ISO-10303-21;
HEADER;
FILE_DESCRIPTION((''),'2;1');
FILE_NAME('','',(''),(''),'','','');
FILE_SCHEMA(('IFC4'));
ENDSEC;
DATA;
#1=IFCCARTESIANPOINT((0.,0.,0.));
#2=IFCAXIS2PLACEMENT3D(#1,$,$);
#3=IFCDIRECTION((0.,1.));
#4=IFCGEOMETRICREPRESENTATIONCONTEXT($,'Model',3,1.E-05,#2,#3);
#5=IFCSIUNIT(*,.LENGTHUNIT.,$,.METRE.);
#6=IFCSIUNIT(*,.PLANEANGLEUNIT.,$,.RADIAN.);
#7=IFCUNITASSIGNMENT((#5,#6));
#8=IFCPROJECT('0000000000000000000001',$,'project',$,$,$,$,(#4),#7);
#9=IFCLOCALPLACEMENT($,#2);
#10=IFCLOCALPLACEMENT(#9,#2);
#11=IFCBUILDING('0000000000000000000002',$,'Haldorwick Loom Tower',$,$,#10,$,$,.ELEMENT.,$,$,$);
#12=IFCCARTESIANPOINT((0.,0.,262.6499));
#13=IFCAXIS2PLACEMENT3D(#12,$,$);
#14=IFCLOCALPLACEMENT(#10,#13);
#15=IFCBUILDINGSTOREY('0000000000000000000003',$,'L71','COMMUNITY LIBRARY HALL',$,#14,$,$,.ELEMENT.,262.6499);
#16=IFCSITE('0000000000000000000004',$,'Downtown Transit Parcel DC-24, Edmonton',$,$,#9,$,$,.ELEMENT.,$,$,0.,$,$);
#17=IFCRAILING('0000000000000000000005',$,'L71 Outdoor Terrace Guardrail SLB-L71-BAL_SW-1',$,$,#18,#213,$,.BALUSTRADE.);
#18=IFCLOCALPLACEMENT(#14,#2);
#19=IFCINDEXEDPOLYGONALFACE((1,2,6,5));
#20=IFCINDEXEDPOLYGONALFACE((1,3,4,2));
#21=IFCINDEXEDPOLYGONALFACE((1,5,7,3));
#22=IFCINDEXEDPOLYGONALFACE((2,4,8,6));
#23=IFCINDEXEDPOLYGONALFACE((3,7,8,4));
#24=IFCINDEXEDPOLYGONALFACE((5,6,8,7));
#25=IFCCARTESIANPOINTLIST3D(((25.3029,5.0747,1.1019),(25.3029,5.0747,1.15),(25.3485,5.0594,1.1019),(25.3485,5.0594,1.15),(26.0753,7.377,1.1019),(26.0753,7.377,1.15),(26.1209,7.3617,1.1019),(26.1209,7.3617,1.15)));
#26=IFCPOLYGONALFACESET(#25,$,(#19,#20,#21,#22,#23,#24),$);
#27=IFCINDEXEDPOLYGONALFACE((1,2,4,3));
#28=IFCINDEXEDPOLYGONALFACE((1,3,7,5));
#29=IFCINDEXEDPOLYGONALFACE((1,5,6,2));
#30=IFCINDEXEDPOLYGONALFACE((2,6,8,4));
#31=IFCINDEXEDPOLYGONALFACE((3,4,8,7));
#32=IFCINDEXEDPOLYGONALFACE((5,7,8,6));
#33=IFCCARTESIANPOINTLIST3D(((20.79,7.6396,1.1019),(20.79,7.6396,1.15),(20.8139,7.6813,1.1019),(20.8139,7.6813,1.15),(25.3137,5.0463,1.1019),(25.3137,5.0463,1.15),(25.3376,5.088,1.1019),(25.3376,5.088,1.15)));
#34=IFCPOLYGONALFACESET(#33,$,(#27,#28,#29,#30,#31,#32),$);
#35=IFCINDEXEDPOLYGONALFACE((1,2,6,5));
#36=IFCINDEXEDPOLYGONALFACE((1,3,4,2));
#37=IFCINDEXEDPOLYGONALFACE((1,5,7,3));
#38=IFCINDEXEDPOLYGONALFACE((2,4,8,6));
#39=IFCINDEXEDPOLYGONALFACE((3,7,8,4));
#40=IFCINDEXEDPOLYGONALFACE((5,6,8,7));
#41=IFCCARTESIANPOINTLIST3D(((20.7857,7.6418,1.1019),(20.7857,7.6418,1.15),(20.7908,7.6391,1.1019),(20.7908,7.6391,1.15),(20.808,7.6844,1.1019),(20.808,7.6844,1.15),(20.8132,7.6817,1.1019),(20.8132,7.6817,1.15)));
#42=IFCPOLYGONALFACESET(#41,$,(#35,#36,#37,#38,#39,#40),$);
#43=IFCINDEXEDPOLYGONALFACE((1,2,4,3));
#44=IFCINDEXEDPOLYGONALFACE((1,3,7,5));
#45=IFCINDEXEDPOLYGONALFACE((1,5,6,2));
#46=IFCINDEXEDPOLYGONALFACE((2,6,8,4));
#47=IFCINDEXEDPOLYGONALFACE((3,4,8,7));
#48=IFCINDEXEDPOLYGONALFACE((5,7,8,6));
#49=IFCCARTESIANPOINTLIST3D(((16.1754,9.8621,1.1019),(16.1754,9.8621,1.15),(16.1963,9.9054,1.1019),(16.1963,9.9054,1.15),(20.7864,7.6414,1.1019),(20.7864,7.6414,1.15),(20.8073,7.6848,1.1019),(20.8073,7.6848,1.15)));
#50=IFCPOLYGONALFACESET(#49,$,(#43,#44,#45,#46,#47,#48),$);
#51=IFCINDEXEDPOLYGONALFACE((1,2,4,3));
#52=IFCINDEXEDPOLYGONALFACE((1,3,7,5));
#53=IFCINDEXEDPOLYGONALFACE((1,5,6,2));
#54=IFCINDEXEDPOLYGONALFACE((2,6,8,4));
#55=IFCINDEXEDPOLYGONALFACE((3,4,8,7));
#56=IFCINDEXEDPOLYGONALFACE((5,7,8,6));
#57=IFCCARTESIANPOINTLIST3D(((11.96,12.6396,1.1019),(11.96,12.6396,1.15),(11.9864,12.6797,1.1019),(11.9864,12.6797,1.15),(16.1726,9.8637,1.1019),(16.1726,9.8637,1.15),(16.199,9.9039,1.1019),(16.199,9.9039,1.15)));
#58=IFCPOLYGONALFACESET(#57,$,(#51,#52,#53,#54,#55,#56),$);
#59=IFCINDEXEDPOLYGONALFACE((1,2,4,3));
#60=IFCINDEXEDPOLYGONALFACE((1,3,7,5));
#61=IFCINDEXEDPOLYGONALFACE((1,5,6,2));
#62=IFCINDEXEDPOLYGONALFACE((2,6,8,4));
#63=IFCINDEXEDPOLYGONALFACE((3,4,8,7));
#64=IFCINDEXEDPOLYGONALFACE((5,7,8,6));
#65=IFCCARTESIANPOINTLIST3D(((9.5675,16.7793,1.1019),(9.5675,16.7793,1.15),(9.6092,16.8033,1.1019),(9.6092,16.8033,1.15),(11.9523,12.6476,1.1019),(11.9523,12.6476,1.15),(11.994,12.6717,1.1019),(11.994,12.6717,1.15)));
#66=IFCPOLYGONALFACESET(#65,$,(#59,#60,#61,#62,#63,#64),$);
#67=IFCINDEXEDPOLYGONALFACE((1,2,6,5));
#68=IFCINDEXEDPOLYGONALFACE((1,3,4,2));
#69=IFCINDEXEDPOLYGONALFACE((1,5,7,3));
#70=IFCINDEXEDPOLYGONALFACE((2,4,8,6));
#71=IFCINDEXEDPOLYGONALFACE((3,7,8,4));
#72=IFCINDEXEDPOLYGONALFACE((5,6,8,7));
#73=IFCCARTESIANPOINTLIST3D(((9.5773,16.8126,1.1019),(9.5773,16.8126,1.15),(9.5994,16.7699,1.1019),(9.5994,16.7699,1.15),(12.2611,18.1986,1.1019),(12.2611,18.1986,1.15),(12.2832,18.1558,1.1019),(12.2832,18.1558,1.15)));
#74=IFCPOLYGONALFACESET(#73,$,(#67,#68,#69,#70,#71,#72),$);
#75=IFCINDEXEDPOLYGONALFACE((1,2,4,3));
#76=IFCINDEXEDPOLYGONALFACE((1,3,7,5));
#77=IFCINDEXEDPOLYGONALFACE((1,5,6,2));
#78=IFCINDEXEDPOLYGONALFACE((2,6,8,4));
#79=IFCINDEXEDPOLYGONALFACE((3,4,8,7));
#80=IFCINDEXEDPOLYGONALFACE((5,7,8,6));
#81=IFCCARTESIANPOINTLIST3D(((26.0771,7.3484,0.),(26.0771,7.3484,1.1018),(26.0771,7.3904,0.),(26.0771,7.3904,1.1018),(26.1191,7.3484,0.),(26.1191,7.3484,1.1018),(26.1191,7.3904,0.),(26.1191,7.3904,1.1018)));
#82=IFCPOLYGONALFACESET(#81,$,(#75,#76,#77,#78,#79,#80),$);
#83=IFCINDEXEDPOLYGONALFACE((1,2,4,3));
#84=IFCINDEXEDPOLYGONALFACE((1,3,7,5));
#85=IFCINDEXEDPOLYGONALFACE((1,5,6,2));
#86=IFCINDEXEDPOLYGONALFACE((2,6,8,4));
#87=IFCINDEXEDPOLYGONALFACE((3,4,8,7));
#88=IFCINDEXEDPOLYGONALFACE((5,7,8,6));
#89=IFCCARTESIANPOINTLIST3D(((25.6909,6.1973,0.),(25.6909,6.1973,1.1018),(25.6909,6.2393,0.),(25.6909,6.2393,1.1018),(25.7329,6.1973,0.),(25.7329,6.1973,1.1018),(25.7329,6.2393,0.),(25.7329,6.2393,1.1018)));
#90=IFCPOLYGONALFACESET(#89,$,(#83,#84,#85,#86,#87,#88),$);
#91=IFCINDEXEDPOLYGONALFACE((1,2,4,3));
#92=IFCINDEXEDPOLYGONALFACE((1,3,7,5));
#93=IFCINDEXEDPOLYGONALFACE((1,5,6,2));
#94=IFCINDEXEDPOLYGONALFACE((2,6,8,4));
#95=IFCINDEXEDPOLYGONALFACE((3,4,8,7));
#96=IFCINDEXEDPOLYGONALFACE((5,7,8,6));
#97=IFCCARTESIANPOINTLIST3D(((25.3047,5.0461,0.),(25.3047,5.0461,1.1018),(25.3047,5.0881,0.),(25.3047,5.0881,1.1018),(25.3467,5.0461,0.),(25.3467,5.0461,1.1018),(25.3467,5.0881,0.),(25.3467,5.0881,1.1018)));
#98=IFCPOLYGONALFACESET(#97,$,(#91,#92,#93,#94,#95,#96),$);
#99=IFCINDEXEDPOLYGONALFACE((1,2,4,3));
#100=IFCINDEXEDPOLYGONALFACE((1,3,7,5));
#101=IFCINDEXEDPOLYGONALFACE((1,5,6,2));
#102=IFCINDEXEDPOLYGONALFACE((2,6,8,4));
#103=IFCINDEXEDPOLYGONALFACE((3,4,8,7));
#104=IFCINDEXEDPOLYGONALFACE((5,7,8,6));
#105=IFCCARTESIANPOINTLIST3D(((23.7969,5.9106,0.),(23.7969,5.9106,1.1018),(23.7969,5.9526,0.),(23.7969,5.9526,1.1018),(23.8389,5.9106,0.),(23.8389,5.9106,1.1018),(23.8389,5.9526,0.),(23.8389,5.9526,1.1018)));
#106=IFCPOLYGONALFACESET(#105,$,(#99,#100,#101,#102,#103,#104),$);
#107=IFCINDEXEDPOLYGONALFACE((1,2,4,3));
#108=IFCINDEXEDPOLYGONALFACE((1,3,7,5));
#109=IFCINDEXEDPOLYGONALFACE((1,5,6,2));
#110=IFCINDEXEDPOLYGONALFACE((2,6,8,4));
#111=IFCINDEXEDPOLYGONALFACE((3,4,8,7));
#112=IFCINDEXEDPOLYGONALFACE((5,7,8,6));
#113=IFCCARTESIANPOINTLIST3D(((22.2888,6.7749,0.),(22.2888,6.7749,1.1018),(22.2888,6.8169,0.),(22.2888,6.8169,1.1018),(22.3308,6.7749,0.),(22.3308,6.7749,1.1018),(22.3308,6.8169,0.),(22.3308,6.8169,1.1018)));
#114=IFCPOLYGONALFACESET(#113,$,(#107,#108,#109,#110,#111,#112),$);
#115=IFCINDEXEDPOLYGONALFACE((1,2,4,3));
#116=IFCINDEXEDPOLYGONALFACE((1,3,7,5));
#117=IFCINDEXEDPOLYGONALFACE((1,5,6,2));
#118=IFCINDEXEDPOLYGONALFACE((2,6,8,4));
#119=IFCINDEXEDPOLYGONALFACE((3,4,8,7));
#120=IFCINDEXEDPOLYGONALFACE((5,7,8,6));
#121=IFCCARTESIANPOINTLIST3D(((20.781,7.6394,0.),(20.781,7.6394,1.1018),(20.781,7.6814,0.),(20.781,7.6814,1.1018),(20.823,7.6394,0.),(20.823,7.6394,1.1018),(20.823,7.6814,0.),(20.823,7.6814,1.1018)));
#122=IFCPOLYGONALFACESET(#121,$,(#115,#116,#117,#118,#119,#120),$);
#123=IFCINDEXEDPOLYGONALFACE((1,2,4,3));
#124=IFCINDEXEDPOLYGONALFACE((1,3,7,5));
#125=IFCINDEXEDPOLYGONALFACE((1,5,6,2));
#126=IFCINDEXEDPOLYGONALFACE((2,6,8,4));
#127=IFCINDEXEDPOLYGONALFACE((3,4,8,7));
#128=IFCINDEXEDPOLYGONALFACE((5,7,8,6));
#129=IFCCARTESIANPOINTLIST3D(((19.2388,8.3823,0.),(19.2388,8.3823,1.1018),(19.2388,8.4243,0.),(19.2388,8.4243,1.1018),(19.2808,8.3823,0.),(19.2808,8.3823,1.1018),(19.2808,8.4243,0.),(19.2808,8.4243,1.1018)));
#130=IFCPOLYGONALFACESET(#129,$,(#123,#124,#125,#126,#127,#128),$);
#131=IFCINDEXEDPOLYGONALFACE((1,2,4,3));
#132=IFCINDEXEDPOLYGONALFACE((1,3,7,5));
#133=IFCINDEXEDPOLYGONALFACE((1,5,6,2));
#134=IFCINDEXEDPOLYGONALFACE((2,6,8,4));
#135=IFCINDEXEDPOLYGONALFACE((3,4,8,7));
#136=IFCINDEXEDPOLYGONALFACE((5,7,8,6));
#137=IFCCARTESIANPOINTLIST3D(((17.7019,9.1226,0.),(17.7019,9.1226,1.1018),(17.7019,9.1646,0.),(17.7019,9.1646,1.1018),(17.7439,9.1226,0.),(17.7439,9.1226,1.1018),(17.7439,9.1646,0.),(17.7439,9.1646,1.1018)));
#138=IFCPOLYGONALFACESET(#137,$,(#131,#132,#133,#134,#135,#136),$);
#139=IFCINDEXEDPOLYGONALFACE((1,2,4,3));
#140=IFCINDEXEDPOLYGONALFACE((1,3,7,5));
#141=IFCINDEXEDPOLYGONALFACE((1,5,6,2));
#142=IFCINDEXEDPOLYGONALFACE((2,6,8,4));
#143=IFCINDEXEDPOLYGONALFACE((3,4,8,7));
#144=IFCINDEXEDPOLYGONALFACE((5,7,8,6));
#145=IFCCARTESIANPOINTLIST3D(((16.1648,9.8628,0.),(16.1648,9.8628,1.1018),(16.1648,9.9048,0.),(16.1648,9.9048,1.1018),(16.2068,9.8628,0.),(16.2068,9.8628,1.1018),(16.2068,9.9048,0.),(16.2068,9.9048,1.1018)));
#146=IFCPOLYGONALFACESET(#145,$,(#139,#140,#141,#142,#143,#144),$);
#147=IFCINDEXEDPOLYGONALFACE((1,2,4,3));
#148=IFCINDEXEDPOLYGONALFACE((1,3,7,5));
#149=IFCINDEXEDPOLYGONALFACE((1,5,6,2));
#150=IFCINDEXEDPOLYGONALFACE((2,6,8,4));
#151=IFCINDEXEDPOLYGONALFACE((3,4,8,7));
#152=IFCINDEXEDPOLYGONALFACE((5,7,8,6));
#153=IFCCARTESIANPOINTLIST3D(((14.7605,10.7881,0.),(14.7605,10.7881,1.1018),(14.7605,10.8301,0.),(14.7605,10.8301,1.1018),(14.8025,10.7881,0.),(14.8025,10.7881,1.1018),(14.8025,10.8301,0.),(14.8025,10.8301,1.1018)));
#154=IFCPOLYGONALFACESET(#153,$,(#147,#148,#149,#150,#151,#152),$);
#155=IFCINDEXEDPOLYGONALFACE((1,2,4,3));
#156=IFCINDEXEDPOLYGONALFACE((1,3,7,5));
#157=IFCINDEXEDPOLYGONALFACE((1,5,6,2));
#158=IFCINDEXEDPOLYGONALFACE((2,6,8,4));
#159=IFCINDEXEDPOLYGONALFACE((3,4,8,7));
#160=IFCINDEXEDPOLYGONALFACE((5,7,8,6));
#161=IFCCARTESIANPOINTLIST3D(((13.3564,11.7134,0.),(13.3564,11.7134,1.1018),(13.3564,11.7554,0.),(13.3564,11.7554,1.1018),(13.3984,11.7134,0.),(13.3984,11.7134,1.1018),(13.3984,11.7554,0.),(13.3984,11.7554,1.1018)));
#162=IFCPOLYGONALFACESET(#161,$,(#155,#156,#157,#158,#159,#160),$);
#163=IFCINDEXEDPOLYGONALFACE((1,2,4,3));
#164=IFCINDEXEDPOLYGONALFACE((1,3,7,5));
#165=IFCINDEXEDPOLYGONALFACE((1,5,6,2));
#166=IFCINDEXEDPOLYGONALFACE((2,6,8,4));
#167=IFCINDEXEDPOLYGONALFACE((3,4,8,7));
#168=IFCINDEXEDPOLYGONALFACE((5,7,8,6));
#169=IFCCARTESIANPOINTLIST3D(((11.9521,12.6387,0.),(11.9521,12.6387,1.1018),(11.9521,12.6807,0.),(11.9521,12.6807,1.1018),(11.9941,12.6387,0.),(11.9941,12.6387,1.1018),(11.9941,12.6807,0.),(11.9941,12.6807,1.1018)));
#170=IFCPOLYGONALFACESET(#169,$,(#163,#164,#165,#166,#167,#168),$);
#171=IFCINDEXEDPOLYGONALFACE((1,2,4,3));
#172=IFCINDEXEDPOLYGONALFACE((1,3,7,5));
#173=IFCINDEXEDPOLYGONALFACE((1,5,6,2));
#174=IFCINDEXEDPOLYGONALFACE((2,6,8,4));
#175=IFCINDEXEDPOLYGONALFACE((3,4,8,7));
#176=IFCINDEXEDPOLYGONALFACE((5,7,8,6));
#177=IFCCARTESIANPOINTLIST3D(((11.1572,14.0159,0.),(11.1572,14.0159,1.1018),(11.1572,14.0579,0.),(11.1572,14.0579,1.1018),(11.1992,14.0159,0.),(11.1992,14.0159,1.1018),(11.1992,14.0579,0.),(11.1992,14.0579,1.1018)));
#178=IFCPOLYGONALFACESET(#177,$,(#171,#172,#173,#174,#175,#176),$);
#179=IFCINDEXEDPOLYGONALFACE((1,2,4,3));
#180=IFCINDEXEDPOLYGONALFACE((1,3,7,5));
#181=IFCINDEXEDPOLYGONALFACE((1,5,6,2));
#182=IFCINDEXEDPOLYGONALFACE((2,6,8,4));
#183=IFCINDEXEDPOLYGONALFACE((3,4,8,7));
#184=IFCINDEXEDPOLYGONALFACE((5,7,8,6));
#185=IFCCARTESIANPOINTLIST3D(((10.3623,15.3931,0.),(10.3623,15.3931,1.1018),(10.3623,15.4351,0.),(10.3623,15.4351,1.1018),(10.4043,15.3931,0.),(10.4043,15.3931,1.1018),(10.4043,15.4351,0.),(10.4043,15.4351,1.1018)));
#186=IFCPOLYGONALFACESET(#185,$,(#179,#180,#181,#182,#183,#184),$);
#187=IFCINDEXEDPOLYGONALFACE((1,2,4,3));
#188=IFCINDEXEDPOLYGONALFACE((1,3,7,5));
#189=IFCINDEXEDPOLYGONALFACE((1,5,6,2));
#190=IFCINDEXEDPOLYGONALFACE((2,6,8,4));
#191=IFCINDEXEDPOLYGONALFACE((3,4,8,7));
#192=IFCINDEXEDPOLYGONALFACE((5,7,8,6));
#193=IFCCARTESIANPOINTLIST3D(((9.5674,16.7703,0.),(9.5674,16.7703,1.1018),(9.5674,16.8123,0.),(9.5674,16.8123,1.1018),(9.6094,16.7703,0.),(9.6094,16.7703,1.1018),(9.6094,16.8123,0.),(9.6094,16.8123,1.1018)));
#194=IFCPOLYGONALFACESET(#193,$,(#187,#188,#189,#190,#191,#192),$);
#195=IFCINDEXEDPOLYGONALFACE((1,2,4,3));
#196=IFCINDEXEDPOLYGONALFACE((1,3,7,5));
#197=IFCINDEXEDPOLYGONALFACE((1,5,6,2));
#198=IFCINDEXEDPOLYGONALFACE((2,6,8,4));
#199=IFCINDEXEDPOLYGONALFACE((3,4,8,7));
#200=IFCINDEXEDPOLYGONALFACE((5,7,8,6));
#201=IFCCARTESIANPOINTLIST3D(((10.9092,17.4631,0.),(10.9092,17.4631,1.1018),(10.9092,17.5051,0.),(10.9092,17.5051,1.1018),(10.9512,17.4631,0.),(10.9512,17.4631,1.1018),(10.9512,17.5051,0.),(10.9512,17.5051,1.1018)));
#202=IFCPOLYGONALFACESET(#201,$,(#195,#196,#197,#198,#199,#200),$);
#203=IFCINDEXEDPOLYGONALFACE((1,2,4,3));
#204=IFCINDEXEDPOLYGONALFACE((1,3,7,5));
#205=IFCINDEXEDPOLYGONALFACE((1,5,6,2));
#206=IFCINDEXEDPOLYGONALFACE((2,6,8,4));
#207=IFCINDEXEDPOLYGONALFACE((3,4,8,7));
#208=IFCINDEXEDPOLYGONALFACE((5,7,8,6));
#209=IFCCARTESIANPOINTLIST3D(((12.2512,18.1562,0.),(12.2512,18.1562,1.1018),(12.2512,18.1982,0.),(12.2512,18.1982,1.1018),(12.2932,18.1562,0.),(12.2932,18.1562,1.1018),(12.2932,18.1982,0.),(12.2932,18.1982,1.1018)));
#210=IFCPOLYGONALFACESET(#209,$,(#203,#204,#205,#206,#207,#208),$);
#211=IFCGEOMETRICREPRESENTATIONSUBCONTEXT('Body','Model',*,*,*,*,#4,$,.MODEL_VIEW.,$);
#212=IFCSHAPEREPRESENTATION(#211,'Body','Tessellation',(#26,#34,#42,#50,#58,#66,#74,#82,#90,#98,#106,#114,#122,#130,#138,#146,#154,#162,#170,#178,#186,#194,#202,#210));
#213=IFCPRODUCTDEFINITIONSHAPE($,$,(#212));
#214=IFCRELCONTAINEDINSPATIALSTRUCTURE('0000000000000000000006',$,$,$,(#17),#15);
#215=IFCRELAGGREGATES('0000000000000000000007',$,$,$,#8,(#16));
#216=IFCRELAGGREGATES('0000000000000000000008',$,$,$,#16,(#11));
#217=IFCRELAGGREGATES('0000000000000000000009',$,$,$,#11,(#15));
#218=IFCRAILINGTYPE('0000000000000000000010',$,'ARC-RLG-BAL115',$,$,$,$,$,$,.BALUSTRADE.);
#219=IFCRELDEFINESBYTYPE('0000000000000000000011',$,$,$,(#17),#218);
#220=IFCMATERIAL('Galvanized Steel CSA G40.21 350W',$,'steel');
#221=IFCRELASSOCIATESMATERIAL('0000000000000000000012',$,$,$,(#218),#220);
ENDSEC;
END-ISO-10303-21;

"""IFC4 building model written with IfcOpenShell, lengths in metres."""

from ifc_helpers import new_model, si_unit, direction, frame, origin, origin_2d, place, context, subcontext, project, spatial, rectangle, extrude, material, type_object, element, save


model = new_model("IFC4")

# Units and contexts
model_context = context("Model", 3, precision=1e-05, world=origin(), true_north=direction((0.0, 1.0)))
body_context = subcontext(model_context, "Body", "Model", "MODEL_VIEW")
ifc_project = project(units=[si_unit("LENGTHUNIT", "METRE"), si_unit("PLANEANGLEUNIT", "RADIAN")], contexts=[model_context])

# Site, building, storey
site_placement = place(None, origin())
site = spatial("IfcSite", under=ifc_project, at=site_placement, Name="Downtown Transit Parcel DC-24, Edmonton", CompositionType="ELEMENT", RefElevation=0.0)
building_placement = place(site_placement, origin())
building = spatial("IfcBuilding", under=site, at=building_placement, Name="Haldorwick Loom Tower", CompositionType="ELEMENT")
storey_placement = place(building_placement, frame((0.0, 0.0, 262.6499)))
storey = spatial("IfcBuildingStorey", under=building, at=storey_placement, Name="L71", Description="COMMUNITY LIBRARY HALL", CompositionType="ELEMENT", Elevation=262.6499)

# Railing
ifc_material_1 = material(Name="Galvanized Steel CSA G40.21 350W", Category="steel")
railing_type = type_object("IfcRailingType", Name="ARC-RLG-BAL115", PredefinedType="BALUSTRADE", material=ifc_material_1)
railing_placement = place(storey_placement, frame((26.0981, 7.3694, 0.0)))
element("IfcRailing", 1, at=railing_placement, inside=storey, type_object=railing_type, Name="L71 Outdoor Terrace Guardrail SLB-L71-BAL_SW-1", PredefinedType="BALUSTRADE", context=body_context, shape_type="SweptSolid", body=[
    extrude(rectangle(XDim=0.0481, YDim=0.0481, at=origin_2d()), frame((0.0, 0.0, 1.126), z_axis=(-0.318097, -0.948058, 0.0), x_axis=(0.948058, -0.318097, 0.0)), (0.0, 0.0, 1.0), 2.4285),
    extrude(rectangle(XDim=0.0481, YDim=0.0481, at=origin_2d()), frame((-0.7725, -2.3022, 1.126), z_axis=(-0.867557, 0.497339, 0.0), x_axis=(-0.497339, -0.867557, 0.0)), (0.0, 0.0, 1.0), 5.2144),
    extrude(rectangle(XDim=0.0481, YDim=0.0481, at=origin_2d()), frame((-5.2961, 0.291, 1.126), z_axis=(-0.885832, 0.464007, 0.0), x_axis=(-0.464007, -0.885832, 0.0)), (0.0, 0.0, 1.0), 0.0059),
    extrude(rectangle(XDim=0.0481, YDim=0.0481, at=origin_2d()), frame((-5.3013, 0.2937, 1.126), z_axis=(-0.90096, 0.433903, 0.0), x_axis=(-0.433903, -0.90096, 0.0)), (0.0, 0.0, 1.0), 5.1179),
    extrude(rectangle(XDim=0.0481, YDim=0.0481, at=origin_2d()), frame((-9.9124, 2.5144, 1.126), z_axis=(-0.835016, 0.550225, 0.0), x_axis=(-0.550225, -0.835016, 0.0)), (0.0, 0.0, 1.0), 5.0449),
    extrude(rectangle(XDim=0.0481, YDim=0.0481, at=origin_2d()), frame((-14.125, 5.2903, 1.126), z_axis=(-0.499904, 0.866081, 0.0), x_axis=(-0.866081, -0.499904, 0.0)), (0.0, 0.0, 1.0), 4.7705),
    extrude(rectangle(XDim=0.0481, YDim=0.0481, at=origin_2d()), frame((-16.5098, 9.4219, 1.126), z_axis=(0.888515, 0.458847, 0.0), x_axis=(-0.458847, 0.888515, 0.0)), (0.0, 0.0, 1.0), 3.0205),
    extrude(rectangle(XDim=0.042, YDim=0.042, at=origin_2d()), origin(), (0.0, 0.0, 1.0), 1.1018),
    extrude(rectangle(XDim=0.042, YDim=0.042, at=origin_2d()), frame((-0.3862, -1.1511, 0.0)), (0.0, 0.0, 1.0), 1.1018),
    extrude(rectangle(XDim=0.042, YDim=0.042, at=origin_2d()), frame((-0.7725, -2.3022, 0.0)), (0.0, 0.0, 1.0), 1.1018),
    extrude(rectangle(XDim=0.042, YDim=0.042, at=origin_2d()), frame((-2.2803, -1.4377, 0.0)), (0.0, 0.0, 1.0), 1.1018),
    extrude(rectangle(XDim=0.042, YDim=0.042, at=origin_2d()), frame((-3.7883, -0.5735, 0.0)), (0.0, 0.0, 1.0), 1.1018),
    extrude(rectangle(XDim=0.042, YDim=0.042, at=origin_2d()), frame((-5.2961, 0.291, 0.0)), (0.0, 0.0, 1.0), 1.1018),
    extrude(rectangle(XDim=0.042, YDim=0.042, at=origin_2d()), frame((-6.8384, 1.0339, 0.0)), (0.0, 0.0, 1.0), 1.1018),
    extrude(rectangle(XDim=0.042, YDim=0.042, at=origin_2d()), frame((-8.3752, 1.7742, 0.0)), (0.0, 0.0, 1.0), 1.1018),
    extrude(rectangle(XDim=0.042, YDim=0.042, at=origin_2d()), frame((-9.9124, 2.5144, 0.0)), (0.0, 0.0, 1.0), 1.1018),
    extrude(rectangle(XDim=0.042, YDim=0.042, at=origin_2d()), frame((-11.3167, 3.4397, 0.0)), (0.0, 0.0, 1.0), 1.1018),
    extrude(rectangle(XDim=0.042, YDim=0.042, at=origin_2d()), frame((-12.7207, 4.365, 0.0)), (0.0, 0.0, 1.0), 1.1018),
    extrude(rectangle(XDim=0.042, YDim=0.042, at=origin_2d()), frame((-14.125, 5.2903, 0.0)), (0.0, 0.0, 1.0), 1.1018),
    extrude(rectangle(XDim=0.042, YDim=0.042, at=origin_2d()), frame((-14.9199, 6.6675, 0.0)), (0.0, 0.0, 1.0), 1.1018),
    extrude(rectangle(XDim=0.042, YDim=0.042, at=origin_2d()), frame((-15.7148, 8.0447, 0.0)), (0.0, 0.0, 1.0), 1.1018),
    extrude(rectangle(XDim=0.042, YDim=0.042, at=origin_2d()), frame((-16.5098, 9.4219, 0.0)), (0.0, 0.0, 1.0), 1.1018),
    extrude(rectangle(XDim=0.042, YDim=0.042, at=origin_2d()), frame((-15.168, 10.1147, 0.0)), (0.0, 0.0, 1.0), 1.1018),
    extrude(rectangle(XDim=0.042, YDim=0.042, at=origin_2d()), frame((-13.8259, 10.8079, 0.0)), (0.0, 0.0, 1.0), 1.1018),
])

save(model, "model.ifc")
